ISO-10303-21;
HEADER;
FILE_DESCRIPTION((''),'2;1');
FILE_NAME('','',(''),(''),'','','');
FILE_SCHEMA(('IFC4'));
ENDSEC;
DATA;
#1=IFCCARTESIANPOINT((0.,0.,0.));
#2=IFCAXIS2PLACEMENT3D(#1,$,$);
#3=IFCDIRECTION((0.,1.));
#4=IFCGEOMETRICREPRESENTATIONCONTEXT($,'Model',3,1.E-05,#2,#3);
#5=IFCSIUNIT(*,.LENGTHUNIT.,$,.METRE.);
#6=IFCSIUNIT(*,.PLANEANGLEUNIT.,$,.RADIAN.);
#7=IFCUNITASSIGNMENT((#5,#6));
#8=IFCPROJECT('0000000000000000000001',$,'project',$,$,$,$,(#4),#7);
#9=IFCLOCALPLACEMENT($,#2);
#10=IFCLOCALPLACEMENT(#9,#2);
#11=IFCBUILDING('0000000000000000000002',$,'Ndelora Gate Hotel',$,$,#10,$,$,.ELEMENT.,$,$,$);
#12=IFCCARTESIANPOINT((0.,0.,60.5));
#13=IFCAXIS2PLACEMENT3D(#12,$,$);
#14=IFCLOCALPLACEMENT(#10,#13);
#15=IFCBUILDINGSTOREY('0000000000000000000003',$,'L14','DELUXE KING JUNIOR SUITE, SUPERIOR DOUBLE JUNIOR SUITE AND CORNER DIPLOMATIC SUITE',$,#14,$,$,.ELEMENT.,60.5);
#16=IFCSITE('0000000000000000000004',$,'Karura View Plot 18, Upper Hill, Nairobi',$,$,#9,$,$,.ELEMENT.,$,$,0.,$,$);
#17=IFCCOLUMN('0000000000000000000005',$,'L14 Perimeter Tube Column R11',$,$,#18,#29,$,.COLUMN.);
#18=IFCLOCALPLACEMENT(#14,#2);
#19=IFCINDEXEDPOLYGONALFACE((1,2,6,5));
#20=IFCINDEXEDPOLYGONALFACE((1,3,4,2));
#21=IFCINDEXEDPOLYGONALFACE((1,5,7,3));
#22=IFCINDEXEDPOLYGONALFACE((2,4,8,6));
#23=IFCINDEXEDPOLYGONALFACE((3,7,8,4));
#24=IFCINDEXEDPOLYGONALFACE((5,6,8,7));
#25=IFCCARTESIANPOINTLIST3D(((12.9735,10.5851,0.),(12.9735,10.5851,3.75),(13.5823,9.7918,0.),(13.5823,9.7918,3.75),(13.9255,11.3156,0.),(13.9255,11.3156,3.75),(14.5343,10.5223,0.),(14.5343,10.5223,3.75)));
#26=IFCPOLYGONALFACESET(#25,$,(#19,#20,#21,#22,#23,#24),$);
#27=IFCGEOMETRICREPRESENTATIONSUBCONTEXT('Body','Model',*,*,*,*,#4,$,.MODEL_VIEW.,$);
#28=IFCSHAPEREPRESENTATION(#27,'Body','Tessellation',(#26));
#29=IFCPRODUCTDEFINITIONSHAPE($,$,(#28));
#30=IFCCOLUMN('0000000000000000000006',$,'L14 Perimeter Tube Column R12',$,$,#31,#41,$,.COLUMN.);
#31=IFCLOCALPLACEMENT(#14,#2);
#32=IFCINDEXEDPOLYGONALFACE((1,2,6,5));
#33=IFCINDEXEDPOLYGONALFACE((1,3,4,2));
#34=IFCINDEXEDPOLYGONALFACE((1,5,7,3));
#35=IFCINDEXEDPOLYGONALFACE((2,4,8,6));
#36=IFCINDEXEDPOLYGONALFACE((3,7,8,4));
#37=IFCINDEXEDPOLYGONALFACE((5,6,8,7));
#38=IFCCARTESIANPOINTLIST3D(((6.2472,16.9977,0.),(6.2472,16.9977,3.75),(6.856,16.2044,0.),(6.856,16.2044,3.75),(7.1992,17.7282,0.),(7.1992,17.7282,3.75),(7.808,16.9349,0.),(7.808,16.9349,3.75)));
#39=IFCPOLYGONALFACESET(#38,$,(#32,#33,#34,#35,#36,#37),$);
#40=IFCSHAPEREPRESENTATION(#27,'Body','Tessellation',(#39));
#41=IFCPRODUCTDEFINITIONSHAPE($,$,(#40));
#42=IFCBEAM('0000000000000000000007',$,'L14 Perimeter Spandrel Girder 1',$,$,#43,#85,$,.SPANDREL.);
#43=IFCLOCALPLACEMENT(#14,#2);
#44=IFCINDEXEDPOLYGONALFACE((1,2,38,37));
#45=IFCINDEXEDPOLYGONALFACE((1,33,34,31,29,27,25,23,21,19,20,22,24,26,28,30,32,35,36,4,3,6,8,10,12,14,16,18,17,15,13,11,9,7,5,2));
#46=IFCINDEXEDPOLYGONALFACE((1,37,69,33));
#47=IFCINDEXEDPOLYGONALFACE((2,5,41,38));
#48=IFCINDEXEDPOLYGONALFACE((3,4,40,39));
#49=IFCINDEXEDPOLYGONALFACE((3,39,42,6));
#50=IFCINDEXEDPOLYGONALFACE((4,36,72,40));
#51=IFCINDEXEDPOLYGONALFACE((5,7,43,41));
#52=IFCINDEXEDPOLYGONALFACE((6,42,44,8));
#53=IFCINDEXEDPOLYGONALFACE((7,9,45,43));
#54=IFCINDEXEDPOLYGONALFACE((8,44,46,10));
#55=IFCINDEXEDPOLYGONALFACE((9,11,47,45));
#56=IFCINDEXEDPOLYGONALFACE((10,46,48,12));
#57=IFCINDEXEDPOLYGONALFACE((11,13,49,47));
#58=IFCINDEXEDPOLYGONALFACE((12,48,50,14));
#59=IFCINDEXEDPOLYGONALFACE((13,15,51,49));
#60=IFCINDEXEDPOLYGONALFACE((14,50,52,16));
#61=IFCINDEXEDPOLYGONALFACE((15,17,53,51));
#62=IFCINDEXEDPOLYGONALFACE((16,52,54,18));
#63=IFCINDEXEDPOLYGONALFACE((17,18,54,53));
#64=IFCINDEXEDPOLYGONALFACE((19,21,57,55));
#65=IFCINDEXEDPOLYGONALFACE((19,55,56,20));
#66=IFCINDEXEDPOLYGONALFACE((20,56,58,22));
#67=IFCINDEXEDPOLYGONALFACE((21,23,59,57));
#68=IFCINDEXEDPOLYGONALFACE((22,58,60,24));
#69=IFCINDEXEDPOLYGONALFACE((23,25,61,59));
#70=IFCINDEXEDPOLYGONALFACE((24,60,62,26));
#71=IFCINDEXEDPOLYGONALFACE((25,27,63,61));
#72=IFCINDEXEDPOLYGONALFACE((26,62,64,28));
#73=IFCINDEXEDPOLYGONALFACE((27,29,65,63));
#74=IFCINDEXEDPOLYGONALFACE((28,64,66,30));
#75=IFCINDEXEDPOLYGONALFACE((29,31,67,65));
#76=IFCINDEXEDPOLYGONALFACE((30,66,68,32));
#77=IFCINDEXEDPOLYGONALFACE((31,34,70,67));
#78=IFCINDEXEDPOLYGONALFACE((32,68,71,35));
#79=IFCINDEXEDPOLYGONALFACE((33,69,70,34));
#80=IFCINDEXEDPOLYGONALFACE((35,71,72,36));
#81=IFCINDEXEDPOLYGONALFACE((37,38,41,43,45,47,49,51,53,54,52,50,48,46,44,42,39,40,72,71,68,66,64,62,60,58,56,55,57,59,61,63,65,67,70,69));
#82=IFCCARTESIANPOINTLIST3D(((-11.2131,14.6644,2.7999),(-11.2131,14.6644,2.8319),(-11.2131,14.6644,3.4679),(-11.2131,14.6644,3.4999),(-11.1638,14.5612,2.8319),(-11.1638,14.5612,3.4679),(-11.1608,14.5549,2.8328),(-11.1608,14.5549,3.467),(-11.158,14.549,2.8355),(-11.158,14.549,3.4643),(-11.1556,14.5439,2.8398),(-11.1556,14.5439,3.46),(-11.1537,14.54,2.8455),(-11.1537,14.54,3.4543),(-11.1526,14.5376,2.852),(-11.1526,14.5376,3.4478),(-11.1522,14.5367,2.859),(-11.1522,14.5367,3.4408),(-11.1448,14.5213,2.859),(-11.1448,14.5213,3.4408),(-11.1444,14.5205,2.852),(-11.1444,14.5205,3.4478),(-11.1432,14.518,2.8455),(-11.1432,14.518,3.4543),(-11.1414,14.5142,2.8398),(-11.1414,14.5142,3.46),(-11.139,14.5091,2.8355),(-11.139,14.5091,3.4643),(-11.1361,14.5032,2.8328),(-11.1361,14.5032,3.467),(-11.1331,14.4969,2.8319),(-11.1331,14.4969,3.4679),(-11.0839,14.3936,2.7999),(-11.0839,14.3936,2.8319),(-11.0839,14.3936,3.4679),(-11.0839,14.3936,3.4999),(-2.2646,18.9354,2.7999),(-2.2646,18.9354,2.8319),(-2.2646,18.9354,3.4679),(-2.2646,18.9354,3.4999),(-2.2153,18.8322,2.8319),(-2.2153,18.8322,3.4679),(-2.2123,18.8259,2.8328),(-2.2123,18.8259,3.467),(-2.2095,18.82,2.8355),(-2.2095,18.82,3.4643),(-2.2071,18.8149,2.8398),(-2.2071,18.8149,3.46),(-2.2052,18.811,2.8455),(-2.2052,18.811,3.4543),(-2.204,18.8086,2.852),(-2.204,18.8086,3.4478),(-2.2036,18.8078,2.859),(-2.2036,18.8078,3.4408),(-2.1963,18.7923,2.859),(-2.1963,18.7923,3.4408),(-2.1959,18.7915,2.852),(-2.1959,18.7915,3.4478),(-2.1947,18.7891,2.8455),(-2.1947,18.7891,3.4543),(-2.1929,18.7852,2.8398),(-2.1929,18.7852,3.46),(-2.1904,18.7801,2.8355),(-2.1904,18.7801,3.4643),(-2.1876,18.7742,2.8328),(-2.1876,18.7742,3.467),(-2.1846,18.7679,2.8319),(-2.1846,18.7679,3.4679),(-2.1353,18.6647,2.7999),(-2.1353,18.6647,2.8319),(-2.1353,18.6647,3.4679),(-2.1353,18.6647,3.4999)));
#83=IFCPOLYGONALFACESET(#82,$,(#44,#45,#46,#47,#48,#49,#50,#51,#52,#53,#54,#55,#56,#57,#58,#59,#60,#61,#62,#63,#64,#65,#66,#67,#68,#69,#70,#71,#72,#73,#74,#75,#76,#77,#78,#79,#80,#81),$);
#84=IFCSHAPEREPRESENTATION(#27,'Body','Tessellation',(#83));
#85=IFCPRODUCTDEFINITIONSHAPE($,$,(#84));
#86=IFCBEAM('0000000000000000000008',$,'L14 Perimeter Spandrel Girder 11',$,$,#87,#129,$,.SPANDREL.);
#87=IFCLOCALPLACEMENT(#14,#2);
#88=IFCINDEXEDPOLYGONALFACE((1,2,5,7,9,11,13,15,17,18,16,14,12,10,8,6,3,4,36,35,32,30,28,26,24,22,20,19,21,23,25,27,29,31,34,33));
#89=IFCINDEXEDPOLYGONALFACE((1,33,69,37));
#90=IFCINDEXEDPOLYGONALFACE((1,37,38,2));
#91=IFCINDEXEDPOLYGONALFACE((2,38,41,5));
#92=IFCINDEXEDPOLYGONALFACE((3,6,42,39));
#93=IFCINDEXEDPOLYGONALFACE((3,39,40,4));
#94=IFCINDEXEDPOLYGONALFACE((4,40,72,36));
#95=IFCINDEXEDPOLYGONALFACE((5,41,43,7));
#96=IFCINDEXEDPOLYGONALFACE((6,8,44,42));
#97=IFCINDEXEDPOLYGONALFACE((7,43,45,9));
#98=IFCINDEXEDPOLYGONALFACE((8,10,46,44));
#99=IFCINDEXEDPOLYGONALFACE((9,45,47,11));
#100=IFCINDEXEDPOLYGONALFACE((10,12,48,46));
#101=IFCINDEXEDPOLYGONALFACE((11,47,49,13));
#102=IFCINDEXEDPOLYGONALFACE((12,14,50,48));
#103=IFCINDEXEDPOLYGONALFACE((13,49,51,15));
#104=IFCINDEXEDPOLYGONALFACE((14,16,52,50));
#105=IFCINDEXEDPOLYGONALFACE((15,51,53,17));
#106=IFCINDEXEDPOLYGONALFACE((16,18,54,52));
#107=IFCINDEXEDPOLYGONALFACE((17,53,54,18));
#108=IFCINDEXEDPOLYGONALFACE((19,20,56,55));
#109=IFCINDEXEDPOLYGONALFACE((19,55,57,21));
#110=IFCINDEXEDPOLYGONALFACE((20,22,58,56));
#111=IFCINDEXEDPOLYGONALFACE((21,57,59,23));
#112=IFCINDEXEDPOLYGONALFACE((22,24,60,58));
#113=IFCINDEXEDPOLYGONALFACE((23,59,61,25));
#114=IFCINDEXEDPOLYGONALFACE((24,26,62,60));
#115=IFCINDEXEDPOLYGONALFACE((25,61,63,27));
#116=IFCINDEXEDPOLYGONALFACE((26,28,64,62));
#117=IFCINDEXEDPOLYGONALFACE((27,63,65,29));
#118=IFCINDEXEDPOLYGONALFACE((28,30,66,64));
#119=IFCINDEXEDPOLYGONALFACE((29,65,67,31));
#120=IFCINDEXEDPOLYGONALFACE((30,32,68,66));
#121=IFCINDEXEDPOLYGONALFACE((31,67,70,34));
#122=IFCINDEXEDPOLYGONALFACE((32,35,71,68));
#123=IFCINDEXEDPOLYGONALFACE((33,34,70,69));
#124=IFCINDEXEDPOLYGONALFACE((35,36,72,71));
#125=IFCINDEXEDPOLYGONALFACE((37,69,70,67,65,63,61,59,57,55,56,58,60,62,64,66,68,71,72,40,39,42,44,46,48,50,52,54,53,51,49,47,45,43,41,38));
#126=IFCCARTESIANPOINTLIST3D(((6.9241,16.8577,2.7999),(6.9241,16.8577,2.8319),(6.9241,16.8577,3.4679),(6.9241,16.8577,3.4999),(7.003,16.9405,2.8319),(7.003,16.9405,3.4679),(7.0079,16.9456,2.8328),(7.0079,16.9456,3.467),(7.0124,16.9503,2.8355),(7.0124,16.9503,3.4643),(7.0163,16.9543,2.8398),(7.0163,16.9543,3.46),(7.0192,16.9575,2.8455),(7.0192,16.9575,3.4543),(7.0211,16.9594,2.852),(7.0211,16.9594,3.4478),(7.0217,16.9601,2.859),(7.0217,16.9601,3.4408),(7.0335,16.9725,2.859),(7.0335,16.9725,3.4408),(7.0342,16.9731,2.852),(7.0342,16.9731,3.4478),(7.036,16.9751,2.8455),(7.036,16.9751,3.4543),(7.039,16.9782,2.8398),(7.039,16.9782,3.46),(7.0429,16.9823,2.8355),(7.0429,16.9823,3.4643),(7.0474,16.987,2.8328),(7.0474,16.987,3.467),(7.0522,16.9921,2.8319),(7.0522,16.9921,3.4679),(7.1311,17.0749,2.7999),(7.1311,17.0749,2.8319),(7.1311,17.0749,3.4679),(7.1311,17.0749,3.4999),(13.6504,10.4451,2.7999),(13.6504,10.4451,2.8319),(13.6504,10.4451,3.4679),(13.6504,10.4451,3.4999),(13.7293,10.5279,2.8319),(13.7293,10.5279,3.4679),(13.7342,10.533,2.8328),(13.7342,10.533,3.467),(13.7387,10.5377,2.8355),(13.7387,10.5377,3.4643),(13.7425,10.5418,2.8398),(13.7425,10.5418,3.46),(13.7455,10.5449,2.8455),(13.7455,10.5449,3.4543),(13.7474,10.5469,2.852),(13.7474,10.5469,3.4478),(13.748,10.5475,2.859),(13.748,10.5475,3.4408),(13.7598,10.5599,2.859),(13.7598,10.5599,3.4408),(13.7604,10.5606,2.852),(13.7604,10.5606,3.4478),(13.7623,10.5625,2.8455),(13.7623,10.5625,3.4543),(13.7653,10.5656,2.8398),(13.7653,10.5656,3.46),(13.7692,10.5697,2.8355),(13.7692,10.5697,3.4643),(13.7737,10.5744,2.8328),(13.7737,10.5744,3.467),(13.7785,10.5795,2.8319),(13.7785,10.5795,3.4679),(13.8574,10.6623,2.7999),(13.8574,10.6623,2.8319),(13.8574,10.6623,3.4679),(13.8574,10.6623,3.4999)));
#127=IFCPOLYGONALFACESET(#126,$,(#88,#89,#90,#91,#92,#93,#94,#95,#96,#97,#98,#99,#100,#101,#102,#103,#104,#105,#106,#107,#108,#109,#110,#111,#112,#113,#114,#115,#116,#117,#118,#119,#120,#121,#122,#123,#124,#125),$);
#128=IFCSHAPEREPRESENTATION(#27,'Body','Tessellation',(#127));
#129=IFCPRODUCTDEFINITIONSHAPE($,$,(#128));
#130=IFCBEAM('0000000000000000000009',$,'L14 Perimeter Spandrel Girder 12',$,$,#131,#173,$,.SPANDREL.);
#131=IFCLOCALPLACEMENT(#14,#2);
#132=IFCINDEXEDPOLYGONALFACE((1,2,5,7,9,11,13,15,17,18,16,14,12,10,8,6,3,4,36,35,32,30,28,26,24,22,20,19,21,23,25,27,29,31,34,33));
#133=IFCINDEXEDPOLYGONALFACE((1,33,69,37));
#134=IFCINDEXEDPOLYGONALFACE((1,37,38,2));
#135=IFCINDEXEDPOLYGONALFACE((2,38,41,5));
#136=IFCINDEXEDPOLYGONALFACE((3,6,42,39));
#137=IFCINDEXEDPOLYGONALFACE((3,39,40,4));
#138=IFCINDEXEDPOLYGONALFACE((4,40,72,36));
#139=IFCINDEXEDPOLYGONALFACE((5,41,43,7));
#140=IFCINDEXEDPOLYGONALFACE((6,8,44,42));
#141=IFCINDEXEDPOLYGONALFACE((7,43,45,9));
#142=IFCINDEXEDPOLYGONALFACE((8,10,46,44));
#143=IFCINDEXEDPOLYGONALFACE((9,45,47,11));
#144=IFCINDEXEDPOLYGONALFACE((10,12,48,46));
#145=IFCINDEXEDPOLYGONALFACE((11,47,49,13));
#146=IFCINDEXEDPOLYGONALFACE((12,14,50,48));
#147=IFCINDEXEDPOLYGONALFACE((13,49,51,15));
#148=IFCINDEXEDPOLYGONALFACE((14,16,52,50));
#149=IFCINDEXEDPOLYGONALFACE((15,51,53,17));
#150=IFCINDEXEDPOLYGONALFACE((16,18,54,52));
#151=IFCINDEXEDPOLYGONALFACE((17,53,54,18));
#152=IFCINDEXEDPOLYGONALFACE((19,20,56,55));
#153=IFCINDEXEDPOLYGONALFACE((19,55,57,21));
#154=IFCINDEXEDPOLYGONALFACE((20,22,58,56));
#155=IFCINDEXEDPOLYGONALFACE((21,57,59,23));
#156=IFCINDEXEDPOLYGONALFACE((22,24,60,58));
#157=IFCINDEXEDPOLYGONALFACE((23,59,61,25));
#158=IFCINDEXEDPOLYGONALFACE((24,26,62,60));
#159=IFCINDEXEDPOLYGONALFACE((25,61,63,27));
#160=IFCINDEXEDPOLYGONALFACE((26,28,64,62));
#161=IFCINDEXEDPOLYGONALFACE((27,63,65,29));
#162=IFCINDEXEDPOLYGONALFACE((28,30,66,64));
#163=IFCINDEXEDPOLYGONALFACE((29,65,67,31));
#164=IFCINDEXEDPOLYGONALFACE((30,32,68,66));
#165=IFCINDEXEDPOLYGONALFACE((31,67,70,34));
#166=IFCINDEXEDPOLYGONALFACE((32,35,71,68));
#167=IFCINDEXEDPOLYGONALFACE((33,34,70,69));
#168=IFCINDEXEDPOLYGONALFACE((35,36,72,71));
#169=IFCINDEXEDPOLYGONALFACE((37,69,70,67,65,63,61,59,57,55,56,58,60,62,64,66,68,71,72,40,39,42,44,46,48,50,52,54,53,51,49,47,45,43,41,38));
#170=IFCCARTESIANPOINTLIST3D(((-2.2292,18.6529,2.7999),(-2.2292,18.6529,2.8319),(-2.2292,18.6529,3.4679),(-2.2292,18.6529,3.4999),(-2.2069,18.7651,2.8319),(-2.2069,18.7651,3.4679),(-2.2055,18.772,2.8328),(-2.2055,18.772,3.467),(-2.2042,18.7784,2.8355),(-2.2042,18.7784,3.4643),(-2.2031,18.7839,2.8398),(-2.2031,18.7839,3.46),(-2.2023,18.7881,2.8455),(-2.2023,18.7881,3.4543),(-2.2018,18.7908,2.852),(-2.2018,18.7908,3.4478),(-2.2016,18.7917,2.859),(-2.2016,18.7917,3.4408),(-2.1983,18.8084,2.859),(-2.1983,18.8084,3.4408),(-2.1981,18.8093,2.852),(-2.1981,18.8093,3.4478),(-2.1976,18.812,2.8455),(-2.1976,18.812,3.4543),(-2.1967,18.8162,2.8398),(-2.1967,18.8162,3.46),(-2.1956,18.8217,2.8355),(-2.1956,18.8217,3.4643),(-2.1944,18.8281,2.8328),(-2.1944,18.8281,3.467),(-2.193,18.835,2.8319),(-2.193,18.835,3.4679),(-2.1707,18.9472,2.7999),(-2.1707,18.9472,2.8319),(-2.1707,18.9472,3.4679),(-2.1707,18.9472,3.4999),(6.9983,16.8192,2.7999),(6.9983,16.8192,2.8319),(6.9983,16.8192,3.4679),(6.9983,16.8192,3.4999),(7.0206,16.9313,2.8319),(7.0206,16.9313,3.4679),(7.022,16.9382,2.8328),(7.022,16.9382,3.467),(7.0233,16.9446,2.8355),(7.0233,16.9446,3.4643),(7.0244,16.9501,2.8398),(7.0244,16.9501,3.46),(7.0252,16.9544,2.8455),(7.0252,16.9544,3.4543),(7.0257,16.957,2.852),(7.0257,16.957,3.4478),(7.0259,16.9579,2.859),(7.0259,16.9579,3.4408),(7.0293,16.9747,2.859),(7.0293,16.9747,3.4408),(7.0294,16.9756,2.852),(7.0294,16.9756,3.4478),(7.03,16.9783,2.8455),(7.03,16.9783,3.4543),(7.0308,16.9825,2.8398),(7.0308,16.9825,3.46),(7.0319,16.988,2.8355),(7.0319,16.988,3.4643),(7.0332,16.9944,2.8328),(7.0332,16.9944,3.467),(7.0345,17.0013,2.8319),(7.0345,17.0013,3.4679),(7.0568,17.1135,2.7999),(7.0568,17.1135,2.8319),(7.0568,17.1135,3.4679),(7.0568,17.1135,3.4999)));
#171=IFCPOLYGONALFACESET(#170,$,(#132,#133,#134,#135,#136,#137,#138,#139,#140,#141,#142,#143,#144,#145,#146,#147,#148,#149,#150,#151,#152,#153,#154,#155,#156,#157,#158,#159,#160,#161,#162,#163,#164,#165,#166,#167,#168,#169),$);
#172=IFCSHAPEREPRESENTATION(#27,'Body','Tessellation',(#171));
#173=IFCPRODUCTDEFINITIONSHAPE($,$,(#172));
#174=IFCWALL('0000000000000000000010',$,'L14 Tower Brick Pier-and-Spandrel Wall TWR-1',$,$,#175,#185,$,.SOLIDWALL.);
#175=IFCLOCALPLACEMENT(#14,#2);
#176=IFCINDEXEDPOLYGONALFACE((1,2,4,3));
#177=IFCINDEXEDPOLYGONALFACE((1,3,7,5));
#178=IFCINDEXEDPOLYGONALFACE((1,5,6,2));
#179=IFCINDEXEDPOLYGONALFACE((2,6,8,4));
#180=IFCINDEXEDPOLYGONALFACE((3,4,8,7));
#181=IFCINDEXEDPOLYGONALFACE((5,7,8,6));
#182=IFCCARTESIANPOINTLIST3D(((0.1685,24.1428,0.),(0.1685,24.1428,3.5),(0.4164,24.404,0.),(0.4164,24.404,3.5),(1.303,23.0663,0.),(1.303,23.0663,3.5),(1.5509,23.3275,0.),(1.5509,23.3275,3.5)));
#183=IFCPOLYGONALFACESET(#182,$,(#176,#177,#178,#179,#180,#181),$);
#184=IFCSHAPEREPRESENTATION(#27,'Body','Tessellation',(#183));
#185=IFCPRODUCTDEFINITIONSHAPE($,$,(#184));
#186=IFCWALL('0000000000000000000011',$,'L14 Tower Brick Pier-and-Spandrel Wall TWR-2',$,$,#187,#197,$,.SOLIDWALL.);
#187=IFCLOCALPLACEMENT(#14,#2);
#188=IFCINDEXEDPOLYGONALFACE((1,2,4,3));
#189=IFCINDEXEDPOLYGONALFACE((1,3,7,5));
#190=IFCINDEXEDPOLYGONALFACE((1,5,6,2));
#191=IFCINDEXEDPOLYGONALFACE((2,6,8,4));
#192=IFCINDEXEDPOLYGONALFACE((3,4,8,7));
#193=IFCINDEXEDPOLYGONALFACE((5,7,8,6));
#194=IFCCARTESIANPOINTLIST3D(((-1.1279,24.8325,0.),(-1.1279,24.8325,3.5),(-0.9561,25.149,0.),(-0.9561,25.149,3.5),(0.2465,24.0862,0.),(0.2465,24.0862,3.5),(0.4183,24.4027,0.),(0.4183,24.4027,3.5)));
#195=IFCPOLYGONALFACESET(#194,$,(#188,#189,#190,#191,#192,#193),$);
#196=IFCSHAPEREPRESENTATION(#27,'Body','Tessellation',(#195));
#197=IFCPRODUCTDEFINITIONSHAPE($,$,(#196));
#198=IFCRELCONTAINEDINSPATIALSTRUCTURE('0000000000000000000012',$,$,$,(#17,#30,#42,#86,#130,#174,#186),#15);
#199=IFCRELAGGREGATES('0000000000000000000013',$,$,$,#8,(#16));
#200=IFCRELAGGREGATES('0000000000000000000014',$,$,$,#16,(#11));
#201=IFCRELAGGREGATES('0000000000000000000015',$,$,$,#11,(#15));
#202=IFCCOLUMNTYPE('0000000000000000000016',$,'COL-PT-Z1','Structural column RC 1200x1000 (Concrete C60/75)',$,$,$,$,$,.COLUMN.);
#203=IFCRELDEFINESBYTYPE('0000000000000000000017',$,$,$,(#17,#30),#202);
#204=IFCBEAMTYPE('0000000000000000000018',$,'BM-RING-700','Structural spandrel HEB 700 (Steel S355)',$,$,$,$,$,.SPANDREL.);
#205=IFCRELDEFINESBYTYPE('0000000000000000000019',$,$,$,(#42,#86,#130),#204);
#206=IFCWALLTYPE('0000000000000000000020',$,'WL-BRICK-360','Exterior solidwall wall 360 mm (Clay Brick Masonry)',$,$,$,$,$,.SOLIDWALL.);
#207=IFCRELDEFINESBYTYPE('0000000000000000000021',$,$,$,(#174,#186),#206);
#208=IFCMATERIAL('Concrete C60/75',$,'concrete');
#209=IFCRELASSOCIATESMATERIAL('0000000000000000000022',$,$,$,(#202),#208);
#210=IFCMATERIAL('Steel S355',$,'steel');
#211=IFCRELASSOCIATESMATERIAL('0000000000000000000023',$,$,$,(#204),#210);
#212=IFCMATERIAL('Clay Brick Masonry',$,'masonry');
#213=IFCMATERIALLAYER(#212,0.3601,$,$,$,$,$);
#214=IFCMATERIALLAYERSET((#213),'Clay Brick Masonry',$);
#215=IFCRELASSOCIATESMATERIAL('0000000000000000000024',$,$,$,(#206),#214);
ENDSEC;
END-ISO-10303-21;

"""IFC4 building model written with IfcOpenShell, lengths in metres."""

from ifc_helpers import new_model, si_unit, direction, frame, frame_2d, origin, origin_2d, place, context, subcontext, project, spatial, rectangle, i_section, extrude, material, layer, layer_set, material_profile, profile_set, type_object, element, save


model = new_model("IFC4")

# Units and contexts
model_context = context("Model", 3, precision=1e-05, world=origin(), true_north=direction((0.0, 1.0)))
body_context = subcontext(model_context, "Body", "Model", "MODEL_VIEW")
ifc_project = project(units=[si_unit("LENGTHUNIT", "METRE"), si_unit("PLANEANGLEUNIT", "RADIAN")], contexts=[model_context])

# Site, building, storey
site_placement = place(None, origin())
site = spatial("IfcSite", under=ifc_project, at=site_placement, Name="Karura View Plot 18, Upper Hill, Nairobi", CompositionType="ELEMENT", RefElevation=0.0)
building_placement = place(site_placement, origin())
building = spatial("IfcBuilding", under=site, at=building_placement, Name="Ndelora Gate Hotel", CompositionType="ELEMENT")
storey_placement = place(building_placement, frame((0.0, 0.0, 60.5)))
storey = spatial("IfcBuildingStorey", under=building, at=storey_placement, Name="L14", Description="DELUXE KING JUNIOR SUITE, SUPERIOR DOUBLE JUNIOR SUITE AND CORNER DIPLOMATIC SUITE", CompositionType="ELEMENT", Elevation=60.5)

# Columns
ifc_material_1 = material(Name="Concrete C60/75", Category="concrete")
ifc_material_profile_1 = material_profile(ifc_material_1, rectangle(XDim=1.0, YDim=1.2, at=origin_2d()), Name="RC 1200x1000")
ifc_profile_set_1 = profile_set([ifc_material_profile_1], Name="Concrete C60/75")
column_type = type_object("IfcColumnType", Name="COL-PT-Z1", Description="Structural column RC 1200x1000 (Concrete C60/75)", PredefinedType="COLUMN", material=ifc_profile_set_1)
for number, where, z_axis, x_axis, name in (
    (1, (13.7539, 10.5537, 0.0), (0.0, 0.0, 1.0), (-0.608761, 0.793353, 0.0), "L14 Perimeter Tube Column R11"),
    (2, (7.0276, 16.9663, 0.0), (0.0, 0.0, 1.0), (-0.608761, 0.793353, 0.0), "L14 Perimeter Tube Column R12"),
):
    element("IfcColumn", number, at=place(storey_placement, frame(where, z_axis=z_axis, x_axis=x_axis)), inside=storey, type_object=column_type, Name=name, PredefinedType="COLUMN", context=body_context, shape_type="SweptSolid", body=[
        extrude(rectangle(XDim=1.0, YDim=1.2, at=origin_2d()), origin(), (0.0, 0.0, 1.0), 3.75),
    ])

# Beams
ifc_material_2 = material(Name="Steel S355", Category="steel")
ifc_material_profile_2 = material_profile(ifc_material_2, i_section(OverallWidth=0.3, OverallDepth=0.7, WebThickness=0.0171, FlangeThickness=0.032, FilletRadius=0.0271, at=origin_2d()), Name="HEB 700")
ifc_profile_set_2 = profile_set([ifc_material_profile_2], Name="Steel S355")
beam_type = type_object("IfcBeamType", Name="BM-RING-700", Description="Structural spandrel HEB 700 (Steel S355)", PredefinedType="SPANDREL", material=ifc_profile_set_2)
beam_1_placement = place(storey_placement, frame((-2.2, 18.8, 3.1499), z_axis=(-0.902476, -0.43074, 0.0), x_axis=(0.43074, -0.902476, 0.0)))
element("IfcBeam", 3, at=beam_1_placement, inside=storey, type_object=beam_type, Name="L14 Perimeter Spandrel Girder 1", PredefinedType="SPANDREL", context=body_context, shape_type="SweptSolid", body=[
    extrude(i_section(OverallWidth=0.3, OverallDepth=0.7, WebThickness=0.0171, FlangeThickness=0.032, FilletRadius=0.0271, at=origin_2d()), origin(), (0.0, 0.0, 1.0), 9.9155),
])
beam_2_placement = place(storey_placement, frame((13.7539, 10.5537, 3.1499), z_axis=(-0.723784, 0.690026, 0.0), x_axis=(-0.690026, -0.723784, 0.0)))
element("IfcBeam", 4, at=beam_2_placement, inside=storey, type_object=beam_type, Name="L14 Perimeter Spandrel Girder 11", PredefinedType="SPANDREL", context=body_context, shape_type="SweptSolid", body=[
    extrude(i_section(OverallWidth=0.3, OverallDepth=0.7, WebThickness=0.0171, FlangeThickness=0.032, FilletRadius=0.0271, at=origin_2d()), origin(), (0.0, 0.0, 1.0), 9.2932),
])
beam_3_placement = place(storey_placement, frame((7.0276, 16.9663, 3.1499), z_axis=(-0.98082, 0.194913, 0.0), x_axis=(-0.194913, -0.98082, 0.0)))
element("IfcBeam", 5, at=beam_3_placement, inside=storey, type_object=beam_type, Name="L14 Perimeter Spandrel Girder 12", PredefinedType="SPANDREL", context=body_context, shape_type="SweptSolid", body=[
    extrude(i_section(OverallWidth=0.3, OverallDepth=0.7, WebThickness=0.0171, FlangeThickness=0.032, FilletRadius=0.0271, at=origin_2d()), origin(), (0.0, 0.0, 1.0), 9.408),
])

# Walls
ifc_material_3 = material(Name="Clay Brick Masonry", Category="masonry")
ifc_layer_1 = layer(ifc_material_3, 0.3601)
ifc_layer_set_1 = layer_set([ifc_layer_1], Name="Clay Brick Masonry")
wall_type_1 = type_object("IfcWallType", Name="WL-BRICK-360", Description="Exterior solidwall wall 360 mm (Clay Brick Masonry)", PredefinedType="SOLIDWALL", material=ifc_layer_set_1)
for number, where, z_axis, x_axis, name in (
    (6, (0.2925, 24.2734, 0.0), (0.0, 0.0, 1.0), (0.725362, -0.688368, 0.0), "L14 Tower Brick Pier-and-Spandrel Wall TWR-1"),
    (7, (-1.042, 24.9907, 0.0), (0.0, 0.0, 1.0), (0.878807, -0.477178, 0.0), "L14 Tower Brick Pier-and-Spandrel Wall TWR-2"),
):
    element("IfcWall", number, at=place(storey_placement, frame(where, z_axis=z_axis, x_axis=x_axis)), inside=storey, type_object=wall_type_1, Name=name, PredefinedType="SOLIDWALL", context=body_context, shape_type="SweptSolid", body=[
        extrude(rectangle(XDim=1.564, YDim=0.3601, at=frame_2d((0.782, 0.0))), origin(), (0.0, 0.0, 1.0), 3.5),
    ])

save(model, "model.ifc")
